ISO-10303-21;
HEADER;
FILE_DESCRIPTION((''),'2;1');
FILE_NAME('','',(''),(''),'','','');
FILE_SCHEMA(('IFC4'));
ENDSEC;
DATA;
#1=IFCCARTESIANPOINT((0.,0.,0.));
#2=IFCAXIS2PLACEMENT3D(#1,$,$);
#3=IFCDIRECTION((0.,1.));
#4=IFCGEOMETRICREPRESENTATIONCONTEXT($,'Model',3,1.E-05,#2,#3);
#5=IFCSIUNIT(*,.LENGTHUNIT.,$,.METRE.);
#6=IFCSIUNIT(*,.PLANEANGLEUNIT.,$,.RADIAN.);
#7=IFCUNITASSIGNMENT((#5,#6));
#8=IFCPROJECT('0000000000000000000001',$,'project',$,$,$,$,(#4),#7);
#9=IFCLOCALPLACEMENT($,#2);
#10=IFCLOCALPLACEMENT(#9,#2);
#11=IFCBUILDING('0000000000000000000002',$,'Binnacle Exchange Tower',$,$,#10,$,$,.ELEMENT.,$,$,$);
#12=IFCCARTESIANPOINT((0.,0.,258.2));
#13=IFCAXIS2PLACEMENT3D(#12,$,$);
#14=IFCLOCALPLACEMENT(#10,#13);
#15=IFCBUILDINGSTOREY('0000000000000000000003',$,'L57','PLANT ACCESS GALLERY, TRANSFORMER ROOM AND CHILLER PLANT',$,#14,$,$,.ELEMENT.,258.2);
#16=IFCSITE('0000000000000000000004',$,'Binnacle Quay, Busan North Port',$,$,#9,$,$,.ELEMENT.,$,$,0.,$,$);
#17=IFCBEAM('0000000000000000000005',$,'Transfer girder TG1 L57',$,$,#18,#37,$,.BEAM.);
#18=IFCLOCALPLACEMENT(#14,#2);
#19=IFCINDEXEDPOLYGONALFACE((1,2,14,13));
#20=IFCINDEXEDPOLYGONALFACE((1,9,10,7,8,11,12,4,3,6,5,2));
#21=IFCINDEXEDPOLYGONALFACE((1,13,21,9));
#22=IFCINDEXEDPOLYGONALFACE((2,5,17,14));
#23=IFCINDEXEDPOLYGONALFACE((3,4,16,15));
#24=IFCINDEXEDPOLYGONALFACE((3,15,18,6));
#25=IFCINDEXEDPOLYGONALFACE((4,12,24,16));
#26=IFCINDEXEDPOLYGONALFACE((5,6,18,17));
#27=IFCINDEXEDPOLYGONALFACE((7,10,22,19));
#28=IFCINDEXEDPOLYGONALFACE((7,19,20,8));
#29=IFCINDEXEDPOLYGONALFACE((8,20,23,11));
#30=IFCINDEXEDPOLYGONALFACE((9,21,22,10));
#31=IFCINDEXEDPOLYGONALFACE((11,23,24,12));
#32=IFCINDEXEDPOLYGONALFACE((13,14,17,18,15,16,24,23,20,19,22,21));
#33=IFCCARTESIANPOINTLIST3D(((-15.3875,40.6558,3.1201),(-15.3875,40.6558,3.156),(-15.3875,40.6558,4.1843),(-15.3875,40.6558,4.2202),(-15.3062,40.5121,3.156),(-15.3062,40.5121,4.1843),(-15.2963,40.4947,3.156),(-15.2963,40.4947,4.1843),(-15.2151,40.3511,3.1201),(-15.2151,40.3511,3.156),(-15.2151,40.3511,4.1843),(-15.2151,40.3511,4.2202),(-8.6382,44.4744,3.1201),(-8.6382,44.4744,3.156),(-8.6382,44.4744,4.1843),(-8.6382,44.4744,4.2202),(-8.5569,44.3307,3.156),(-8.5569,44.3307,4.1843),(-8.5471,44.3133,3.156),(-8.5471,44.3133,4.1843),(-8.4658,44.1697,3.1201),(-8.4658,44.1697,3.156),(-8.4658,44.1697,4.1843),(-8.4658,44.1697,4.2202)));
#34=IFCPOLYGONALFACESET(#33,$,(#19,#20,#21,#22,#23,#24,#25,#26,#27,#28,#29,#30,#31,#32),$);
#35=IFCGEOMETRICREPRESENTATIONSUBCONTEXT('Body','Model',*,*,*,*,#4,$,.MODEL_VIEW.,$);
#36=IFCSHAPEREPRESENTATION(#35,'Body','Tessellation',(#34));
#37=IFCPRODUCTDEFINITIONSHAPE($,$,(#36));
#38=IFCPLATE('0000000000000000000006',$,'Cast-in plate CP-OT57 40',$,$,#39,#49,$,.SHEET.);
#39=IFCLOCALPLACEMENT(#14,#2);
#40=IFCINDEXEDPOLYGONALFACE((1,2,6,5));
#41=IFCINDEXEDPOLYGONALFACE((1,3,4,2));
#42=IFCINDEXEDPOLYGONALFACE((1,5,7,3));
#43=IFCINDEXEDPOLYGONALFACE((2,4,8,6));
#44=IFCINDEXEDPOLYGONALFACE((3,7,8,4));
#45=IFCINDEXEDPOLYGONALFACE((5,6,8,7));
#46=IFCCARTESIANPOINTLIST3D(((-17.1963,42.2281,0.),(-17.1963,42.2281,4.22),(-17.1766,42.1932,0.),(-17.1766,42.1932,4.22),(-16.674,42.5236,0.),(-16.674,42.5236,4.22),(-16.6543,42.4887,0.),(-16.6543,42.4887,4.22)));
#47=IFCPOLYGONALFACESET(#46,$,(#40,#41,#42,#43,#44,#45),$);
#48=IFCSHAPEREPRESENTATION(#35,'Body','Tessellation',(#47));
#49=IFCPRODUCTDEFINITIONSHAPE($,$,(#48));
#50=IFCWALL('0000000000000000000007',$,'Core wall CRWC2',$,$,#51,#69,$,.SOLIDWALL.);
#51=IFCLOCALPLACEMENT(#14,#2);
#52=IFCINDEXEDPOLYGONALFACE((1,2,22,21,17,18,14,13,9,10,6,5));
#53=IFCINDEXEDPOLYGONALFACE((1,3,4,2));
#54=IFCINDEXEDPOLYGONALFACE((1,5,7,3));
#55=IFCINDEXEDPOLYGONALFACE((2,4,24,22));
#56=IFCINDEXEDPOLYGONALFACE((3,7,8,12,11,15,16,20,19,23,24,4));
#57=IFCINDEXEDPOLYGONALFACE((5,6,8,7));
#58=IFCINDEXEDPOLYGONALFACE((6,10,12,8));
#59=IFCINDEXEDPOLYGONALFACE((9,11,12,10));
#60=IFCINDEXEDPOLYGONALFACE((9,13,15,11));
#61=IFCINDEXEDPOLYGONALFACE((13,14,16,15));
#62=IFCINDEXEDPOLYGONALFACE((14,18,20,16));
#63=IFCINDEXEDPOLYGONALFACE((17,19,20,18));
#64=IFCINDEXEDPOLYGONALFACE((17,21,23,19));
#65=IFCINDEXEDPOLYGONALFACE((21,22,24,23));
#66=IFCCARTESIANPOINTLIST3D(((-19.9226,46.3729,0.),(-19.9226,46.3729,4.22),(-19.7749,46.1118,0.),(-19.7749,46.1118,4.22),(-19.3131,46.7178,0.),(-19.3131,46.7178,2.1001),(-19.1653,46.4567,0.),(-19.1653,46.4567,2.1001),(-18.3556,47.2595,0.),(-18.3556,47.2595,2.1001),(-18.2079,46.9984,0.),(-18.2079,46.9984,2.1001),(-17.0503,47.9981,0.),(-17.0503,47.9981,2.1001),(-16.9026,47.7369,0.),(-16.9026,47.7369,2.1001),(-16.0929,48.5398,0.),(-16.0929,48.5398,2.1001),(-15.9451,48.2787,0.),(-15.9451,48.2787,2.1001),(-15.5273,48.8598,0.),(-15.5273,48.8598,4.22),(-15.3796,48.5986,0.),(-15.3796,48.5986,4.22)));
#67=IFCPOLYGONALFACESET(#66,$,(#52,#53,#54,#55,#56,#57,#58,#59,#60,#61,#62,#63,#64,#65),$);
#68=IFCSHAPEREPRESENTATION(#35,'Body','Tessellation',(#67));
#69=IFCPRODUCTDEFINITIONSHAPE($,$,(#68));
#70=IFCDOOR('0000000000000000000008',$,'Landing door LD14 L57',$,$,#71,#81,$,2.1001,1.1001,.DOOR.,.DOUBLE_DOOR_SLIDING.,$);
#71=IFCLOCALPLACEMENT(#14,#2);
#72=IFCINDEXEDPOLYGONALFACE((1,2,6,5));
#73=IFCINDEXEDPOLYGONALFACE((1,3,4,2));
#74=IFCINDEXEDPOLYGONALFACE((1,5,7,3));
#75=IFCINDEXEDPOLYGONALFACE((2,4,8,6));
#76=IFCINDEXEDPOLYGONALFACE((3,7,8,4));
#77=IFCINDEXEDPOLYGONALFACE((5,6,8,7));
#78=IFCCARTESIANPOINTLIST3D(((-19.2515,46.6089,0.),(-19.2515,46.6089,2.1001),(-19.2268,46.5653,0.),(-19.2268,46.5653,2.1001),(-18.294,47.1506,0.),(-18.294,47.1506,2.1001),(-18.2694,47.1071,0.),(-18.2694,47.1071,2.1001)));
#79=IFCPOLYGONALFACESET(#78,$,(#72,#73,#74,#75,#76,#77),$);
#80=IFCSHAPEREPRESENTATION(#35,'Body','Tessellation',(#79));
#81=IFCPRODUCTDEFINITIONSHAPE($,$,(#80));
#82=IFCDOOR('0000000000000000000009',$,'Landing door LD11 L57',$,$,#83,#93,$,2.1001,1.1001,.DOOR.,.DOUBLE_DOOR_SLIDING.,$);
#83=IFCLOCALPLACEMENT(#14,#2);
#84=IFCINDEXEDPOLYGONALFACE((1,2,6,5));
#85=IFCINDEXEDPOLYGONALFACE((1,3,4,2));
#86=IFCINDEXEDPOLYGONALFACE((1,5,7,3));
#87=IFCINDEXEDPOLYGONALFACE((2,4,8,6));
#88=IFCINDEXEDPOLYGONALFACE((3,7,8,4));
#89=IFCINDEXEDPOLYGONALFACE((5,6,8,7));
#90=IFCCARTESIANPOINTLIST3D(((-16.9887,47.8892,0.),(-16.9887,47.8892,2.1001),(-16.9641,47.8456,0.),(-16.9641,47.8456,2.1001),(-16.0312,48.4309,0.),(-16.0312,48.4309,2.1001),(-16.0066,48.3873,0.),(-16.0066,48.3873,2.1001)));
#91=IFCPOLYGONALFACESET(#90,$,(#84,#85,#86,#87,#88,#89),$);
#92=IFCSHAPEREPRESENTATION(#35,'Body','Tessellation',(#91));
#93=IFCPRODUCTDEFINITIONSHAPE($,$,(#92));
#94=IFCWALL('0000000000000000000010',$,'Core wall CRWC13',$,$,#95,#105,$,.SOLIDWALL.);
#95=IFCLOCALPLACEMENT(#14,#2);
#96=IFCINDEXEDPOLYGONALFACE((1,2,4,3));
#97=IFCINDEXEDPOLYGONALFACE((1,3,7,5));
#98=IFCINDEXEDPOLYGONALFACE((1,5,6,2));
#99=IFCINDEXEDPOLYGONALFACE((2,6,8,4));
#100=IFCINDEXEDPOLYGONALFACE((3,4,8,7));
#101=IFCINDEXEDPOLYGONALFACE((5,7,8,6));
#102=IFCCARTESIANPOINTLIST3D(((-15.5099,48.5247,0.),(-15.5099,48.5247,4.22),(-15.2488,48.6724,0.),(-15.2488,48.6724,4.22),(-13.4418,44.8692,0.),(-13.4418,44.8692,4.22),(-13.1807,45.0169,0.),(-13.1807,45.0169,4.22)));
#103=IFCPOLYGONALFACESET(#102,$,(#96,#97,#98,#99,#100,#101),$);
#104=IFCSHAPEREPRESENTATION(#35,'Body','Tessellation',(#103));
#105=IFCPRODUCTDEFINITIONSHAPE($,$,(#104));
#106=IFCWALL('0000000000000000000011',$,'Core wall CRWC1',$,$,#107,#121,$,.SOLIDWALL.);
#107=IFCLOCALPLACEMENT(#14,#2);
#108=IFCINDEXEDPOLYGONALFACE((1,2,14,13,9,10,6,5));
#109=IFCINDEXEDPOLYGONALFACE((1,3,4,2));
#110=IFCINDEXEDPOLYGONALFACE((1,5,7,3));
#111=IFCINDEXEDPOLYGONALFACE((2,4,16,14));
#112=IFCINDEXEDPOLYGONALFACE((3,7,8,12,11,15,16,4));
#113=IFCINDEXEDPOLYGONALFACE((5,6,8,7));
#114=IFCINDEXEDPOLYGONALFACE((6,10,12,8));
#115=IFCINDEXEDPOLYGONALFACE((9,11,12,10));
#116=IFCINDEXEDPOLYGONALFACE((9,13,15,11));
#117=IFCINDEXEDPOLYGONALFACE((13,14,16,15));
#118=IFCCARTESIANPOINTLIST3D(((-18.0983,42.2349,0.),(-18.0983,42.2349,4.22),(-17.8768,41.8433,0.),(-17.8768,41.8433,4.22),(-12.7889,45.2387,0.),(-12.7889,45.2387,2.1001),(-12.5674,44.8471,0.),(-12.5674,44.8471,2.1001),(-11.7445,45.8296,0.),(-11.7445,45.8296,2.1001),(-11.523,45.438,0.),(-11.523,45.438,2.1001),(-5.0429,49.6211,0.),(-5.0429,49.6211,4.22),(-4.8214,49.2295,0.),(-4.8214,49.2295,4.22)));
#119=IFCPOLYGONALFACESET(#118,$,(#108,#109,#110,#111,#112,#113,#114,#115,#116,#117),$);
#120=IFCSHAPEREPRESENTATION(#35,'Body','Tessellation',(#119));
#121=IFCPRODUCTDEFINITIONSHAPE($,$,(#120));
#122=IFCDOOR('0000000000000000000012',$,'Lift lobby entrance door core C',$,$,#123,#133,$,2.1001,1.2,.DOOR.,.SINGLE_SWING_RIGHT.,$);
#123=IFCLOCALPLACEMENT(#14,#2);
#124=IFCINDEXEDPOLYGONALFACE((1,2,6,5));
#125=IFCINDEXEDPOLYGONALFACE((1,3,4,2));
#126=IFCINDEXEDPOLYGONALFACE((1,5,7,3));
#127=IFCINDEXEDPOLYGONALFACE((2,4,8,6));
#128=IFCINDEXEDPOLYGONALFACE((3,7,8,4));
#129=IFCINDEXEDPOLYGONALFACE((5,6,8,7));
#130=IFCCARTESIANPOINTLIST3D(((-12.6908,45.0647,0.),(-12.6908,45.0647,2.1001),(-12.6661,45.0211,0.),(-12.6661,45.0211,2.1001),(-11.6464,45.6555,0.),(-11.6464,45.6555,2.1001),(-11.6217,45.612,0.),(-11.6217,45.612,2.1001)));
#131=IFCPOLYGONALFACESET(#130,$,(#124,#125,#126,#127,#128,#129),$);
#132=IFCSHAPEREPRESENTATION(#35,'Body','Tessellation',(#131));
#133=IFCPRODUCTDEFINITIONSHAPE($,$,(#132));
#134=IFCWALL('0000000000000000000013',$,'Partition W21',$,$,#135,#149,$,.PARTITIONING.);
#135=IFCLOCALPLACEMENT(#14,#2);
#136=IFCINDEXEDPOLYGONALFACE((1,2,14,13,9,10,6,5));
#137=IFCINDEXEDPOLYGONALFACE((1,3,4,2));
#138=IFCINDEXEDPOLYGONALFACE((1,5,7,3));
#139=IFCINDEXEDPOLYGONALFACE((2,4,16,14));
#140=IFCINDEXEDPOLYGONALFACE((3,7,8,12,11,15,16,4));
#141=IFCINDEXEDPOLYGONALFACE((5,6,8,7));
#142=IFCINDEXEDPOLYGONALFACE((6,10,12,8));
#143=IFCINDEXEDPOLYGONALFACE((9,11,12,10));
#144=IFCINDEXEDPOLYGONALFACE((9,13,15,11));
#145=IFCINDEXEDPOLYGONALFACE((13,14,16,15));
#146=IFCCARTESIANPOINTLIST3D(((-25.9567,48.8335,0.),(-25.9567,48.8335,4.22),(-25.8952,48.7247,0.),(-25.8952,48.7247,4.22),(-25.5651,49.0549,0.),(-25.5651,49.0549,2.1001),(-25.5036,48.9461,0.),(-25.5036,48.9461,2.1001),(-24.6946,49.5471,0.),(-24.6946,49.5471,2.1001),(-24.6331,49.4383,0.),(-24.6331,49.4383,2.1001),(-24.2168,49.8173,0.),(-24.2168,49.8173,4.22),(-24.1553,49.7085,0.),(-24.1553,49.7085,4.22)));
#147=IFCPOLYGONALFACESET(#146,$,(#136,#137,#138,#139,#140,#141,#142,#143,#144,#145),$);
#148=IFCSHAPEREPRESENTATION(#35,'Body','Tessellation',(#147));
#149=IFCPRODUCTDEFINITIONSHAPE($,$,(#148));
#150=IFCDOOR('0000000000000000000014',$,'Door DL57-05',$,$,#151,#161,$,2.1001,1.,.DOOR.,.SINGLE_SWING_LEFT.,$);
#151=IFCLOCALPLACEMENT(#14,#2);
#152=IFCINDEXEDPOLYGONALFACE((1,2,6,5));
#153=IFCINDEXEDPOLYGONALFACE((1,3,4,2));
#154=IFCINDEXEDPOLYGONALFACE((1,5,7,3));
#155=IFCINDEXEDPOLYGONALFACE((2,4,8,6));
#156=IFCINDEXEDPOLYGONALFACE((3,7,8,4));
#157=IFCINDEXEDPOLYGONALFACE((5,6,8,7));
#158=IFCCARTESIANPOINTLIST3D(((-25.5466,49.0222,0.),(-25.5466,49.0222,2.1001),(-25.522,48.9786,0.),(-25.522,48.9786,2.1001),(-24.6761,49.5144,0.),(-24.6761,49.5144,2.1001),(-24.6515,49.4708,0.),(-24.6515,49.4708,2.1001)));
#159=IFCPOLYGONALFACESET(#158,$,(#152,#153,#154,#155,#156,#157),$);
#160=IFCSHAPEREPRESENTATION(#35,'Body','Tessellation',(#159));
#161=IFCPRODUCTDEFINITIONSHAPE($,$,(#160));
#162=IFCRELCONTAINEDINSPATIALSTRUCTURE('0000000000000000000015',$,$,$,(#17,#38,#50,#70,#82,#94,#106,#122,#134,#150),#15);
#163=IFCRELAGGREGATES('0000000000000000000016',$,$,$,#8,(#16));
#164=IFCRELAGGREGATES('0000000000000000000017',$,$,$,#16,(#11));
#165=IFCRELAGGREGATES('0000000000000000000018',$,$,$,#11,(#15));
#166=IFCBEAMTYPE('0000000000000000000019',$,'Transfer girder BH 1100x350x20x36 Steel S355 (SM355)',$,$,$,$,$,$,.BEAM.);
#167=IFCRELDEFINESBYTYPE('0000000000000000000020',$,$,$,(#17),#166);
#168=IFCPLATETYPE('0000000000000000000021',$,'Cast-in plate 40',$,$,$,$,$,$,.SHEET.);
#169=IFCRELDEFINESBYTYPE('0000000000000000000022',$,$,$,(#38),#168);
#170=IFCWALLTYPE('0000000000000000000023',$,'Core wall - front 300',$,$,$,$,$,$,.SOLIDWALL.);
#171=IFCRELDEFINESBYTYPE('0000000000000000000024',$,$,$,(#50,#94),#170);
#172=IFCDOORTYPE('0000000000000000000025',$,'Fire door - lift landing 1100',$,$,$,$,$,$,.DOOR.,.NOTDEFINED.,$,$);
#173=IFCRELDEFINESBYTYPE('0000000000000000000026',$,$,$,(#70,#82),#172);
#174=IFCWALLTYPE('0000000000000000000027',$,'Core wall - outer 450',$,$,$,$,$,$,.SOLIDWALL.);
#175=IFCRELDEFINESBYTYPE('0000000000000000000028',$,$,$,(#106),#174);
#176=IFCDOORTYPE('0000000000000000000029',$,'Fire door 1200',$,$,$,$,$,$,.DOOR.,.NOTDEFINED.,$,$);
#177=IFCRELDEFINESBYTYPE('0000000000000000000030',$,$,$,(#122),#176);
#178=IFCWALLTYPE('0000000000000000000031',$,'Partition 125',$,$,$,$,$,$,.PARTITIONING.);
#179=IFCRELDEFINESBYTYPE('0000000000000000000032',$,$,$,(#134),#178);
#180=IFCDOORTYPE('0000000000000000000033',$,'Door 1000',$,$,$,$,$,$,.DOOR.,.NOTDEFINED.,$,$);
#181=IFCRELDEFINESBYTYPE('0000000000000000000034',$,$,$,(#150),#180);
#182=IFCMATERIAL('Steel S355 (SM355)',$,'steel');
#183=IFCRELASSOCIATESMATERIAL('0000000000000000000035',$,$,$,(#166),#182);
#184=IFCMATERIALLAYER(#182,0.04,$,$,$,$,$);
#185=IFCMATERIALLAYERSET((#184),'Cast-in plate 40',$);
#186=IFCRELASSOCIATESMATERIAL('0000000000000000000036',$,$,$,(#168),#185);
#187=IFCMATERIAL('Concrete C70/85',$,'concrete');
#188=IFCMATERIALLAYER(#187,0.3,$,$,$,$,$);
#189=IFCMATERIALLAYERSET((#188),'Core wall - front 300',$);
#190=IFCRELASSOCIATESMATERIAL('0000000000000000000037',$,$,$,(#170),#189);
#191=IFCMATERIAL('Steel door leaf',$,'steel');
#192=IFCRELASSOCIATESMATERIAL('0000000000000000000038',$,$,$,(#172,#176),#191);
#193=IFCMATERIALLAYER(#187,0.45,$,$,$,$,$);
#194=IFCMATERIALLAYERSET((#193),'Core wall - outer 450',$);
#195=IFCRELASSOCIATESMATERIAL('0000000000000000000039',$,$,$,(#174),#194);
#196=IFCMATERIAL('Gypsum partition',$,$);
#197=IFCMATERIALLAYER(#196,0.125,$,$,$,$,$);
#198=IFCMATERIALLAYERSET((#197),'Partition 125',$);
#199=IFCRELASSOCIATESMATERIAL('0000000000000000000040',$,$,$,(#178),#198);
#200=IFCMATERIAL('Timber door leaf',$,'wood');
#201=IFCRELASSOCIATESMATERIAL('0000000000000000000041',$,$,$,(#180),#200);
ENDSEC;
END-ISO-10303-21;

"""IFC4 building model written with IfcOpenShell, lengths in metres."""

from ifc_helpers import new_model, si_unit, direction, frame, frame_2d, origin, origin_2d, place, context, subcontext, project, spatial, rectangle, i_section, extrude, material, layer, layer_set, material_profile, profile_set, type_object, element, fill, save


model = new_model("IFC4")

# Units and contexts
model_context = context("Model", 3, precision=1e-05, world=origin(), true_north=direction((0.0, 1.0)))
body_context = subcontext(model_context, "Body", "Model", "MODEL_VIEW")
ifc_project = project(units=[si_unit("LENGTHUNIT", "METRE"), si_unit("PLANEANGLEUNIT", "RADIAN")], contexts=[model_context])

# Site, building, storey
site_placement = place(None, origin())
site = spatial("IfcSite", under=ifc_project, at=site_placement, Name="Binnacle Quay, Busan North Port", CompositionType="ELEMENT", RefElevation=0.0)
building_placement = place(site_placement, origin())
building = spatial("IfcBuilding", under=site, at=building_placement, Name="Binnacle Exchange Tower", CompositionType="ELEMENT")
storey_placement = place(building_placement, frame((0.0, 0.0, 258.2)))
storey = spatial("IfcBuildingStorey", under=building, at=storey_placement, Name="L57", Description="PLANT ACCESS GALLERY, TRANSFORMER ROOM AND CHILLER PLANT", CompositionType="ELEMENT", Elevation=258.2)

# Beam
ifc_material_1 = material(Name="Steel S355 (SM355)", Category="steel")
ifc_material_profile_1 = material_profile(ifc_material_1, i_section(OverallWidth=0.3501, OverallDepth=1.1001, WebThickness=0.02, FlangeThickness=0.0359, at=origin_2d()), Name="BH 1100x350x20x36")
ifc_profile_set_1 = profile_set([ifc_material_profile_1], Name="Steel S355 (SM355)")
beam_type_1 = type_object("IfcBeamType", Name="Transfer girder BH 1100x350x20x36 Steel S355 (SM355)", PredefinedType="BEAM", material=ifc_profile_set_1)
beam_1_placement = place(storey_placement, frame((-15.3013, 40.5034, 3.6702), z_axis=(0.870353, 0.492429, 0.0), x_axis=(-0.492429, 0.870353, 0.0)))
element("IfcBeam", 1, at=beam_1_placement, inside=storey, type_object=beam_type_1, Name="Transfer girder TG1 L57", PredefinedType="BEAM", context=body_context, shape_type="SweptSolid", body=[
    extrude(i_section(OverallWidth=0.3501, OverallDepth=1.1001, WebThickness=0.02, FlangeThickness=0.0359, at=origin_2d()), origin(), (0.0, 0.0, 1.0), 7.7546),
])

# Plate
ifc_layer_1 = layer(ifc_material_1, 0.04)
ifc_layer_set_1 = layer_set([ifc_layer_1], Name="Cast-in plate 40")
plate_type = type_object("IfcPlateType", Name="Cast-in plate 40", PredefinedType="SHEET", material=ifc_layer_set_1)
plate_placement = place(storey_placement, frame((-16.9253, 42.3584, 0.0), z_axis=(0.0, 0.0, 1.0), x_axis=(-0.492424, 0.870356, 0.0)))
element("IfcPlate", 2, at=plate_placement, inside=storey, type_object=plate_type, Name="Cast-in plate CP-OT57 40", PredefinedType="SHEET", context=body_context, shape_type="SweptSolid", body=[
    extrude(rectangle(XDim=0.04, YDim=0.6001, at=origin_2d()), origin(), (0.0, 0.0, 1.0), 4.22),
])

# Wall, openings, doors
ifc_material_2 = material(Name="Concrete C70/85", Category="concrete")
ifc_layer_2 = layer(ifc_material_2, 0.3)
ifc_layer_set_2 = layer_set([ifc_layer_2], Name="Core wall - front 300")
wall_type_1 = type_object("IfcWallType", Name="Core wall - front 300", PredefinedType="SOLIDWALL", material=ifc_layer_set_2)
wall_1_placement = place(storey_placement, frame((-19.8486, 46.2424, 0.0), z_axis=(0.0, 0.0, 1.0), x_axis=(0.870348, 0.492438, 0.0)))
wall_1 = element("IfcWall", 3, at=wall_1_placement, inside=storey, type_object=wall_type_1, Name="Core wall CRWC2", PredefinedType="SOLIDWALL", context=body_context, shape_type="SweptSolid", body=[
    extrude(rectangle(XDim=5.05, YDim=0.3, at=frame_2d((2.5249, 0.0))), origin(), (0.0, 0.0, 1.0), 4.22),
])
opening_1_placement = place(wall_1_placement, frame((0.7002, 0.0, 0.0)))
opening_1 = element("IfcOpeningElement", 4, at=opening_1_placement, cuts=wall_1, PredefinedType="OPENING", context=body_context, shape_type="SweptSolid", body=[
    extrude(rectangle(XDim=1.1001, YDim=2.1001, at=frame_2d((0.55, 1.05))), frame((0.0, 0.1599, 0.0), z_axis=(0.0, -1.0, 0.0), x_axis=(1.0, 0.0, 0.0)), (0.0, 0.0, 1.0), 0.3201),
])
opening_2_placement = place(wall_1_placement, frame((3.3, 0.0, 0.0)))
opening_2 = element("IfcOpeningElement", 5, at=opening_2_placement, cuts=wall_1, PredefinedType="OPENING", context=body_context, shape_type="SweptSolid", body=[
    extrude(rectangle(XDim=1.1001, YDim=2.1001, at=frame_2d((0.55, 1.05))), frame((0.0, 0.1599, 0.0), z_axis=(0.0, -1.0, 0.0), x_axis=(1.0, 0.0, 0.0)), (0.0, 0.0, 1.0), 0.3201),
])
ifc_material_3 = material(Name="Steel door leaf", Category="steel")
door_type_1 = type_object("IfcDoorType", Name="Fire door - lift landing 1100", OperationType="NOTDEFINED", PredefinedType="DOOR", material=ifc_material_3)
door_1_placement = place(opening_1_placement, origin())
door_1 = element("IfcDoor", 6, at=door_1_placement, inside=storey, type_object=door_type_1, Name="Landing door LD14 L57", OperationType="DOUBLE_DOOR_SLIDING", OverallHeight=2.1001, OverallWidth=1.1001, PredefinedType="DOOR", context=body_context, shape_type="SweptSolid", body=[
    extrude(rectangle(XDim=1.1001, YDim=2.1001, at=frame_2d((0.55, 1.05))), frame((0.0, 0.0249, 0.0), z_axis=(0.0, -1.0, 0.0), x_axis=(1.0, 0.0, 0.0)), (0.0, 0.0, 1.0), 0.05),
])
fill(opening_1, door_1)
door_2_placement = place(opening_2_placement, origin())
door_2 = element("IfcDoor", 7, at=door_2_placement, inside=storey, type_object=door_type_1, Name="Landing door LD11 L57", OperationType="DOUBLE_DOOR_SLIDING", OverallHeight=2.1001, OverallWidth=1.1001, PredefinedType="DOOR", context=body_context, shape_type="SweptSolid", body=[
    extrude(rectangle(XDim=1.1001, YDim=2.1001, at=frame_2d((0.55, 1.05))), frame((0.0, 0.0249, 0.0), z_axis=(0.0, -1.0, 0.0), x_axis=(1.0, 0.0, 0.0)), (0.0, 0.0, 1.0), 0.05),
])
fill(opening_2, door_2)

# Wall
wall_2_placement = place(storey_placement, frame((-15.3794, 48.5986, 0.0), z_axis=(0.0, 0.0, 1.0), x_axis=(0.49241, -0.870364, 0.0)))
element("IfcWall", 8, at=wall_2_placement, inside=storey, type_object=wall_type_1, Name="Core wall CRWC13", PredefinedType="SOLIDWALL", context=body_context, shape_type="SweptSolid", body=[
    extrude(rectangle(XDim=4.2, YDim=0.3, at=frame_2d((2.1001, 0.0))), origin(), (0.0, 0.0, 1.0), 4.22),
])

# Walls, openings, doors
ifc_layer_3 = layer(ifc_material_2, 0.45)
ifc_layer_set_3 = layer_set([ifc_layer_3], Name="Core wall - outer 450")
wall_type_2 = type_object("IfcWallType", Name="Core wall - outer 450", PredefinedType="SOLIDWALL", material=ifc_layer_set_3)
wall_3_placement = place(storey_placement, frame((-17.9875, 42.0391, 0.0), z_axis=(0.0, 0.0, 1.0), x_axis=(0.870361, 0.492415, 0.0)))
wall_3 = element("IfcWall", 9, at=wall_3_placement, inside=storey, type_object=wall_type_2, Name="Core wall CRWC1", PredefinedType="SOLIDWALL", context=body_context, shape_type="SweptSolid", body=[
    extrude(rectangle(XDim=15.0, YDim=0.45, at=frame_2d((7.5, 0.0))), origin(), (0.0, 0.0, 1.0), 4.22),
])
opening_3_placement = place(wall_3_placement, frame((6.1001, 0.0, 0.0)))
opening_3 = element("IfcOpeningElement", 10, at=opening_3_placement, cuts=wall_3, PredefinedType="OPENING", context=body_context, shape_type="SweptSolid", body=[
    extrude(rectangle(XDim=1.2, YDim=2.1001, at=frame_2d((0.6001, 1.05))), frame((0.0, 0.2349, 0.0), z_axis=(0.0, -1.0, 0.0), x_axis=(1.0, 0.0, 0.0)), (0.0, 0.0, 1.0), 0.47),
])
door_type_2 = type_object("IfcDoorType", Name="Fire door 1200", OperationType="NOTDEFINED", PredefinedType="DOOR", material=ifc_material_3)
door_3_placement = place(opening_3_placement, frame((1.2, 0.0, 0.0), z_axis=(0.0, 0.0, 1.0), x_axis=(-1.0, 0.0, 0.0)))
door_3 = element("IfcDoor", 11, at=door_3_placement, inside=storey, type_object=door_type_2, Name="Lift lobby entrance door core C", OperationType="SINGLE_SWING_RIGHT", OverallHeight=2.1001, OverallWidth=1.2, PredefinedType="DOOR", context=body_context, shape_type="SweptSolid", body=[
    extrude(rectangle(XDim=1.2, YDim=2.1001, at=frame_2d((0.6001, 1.05))), frame((0.0, 0.0249, 0.0), z_axis=(0.0, -1.0, 0.0), x_axis=(1.0, 0.0, 0.0)), (0.0, 0.0, 1.0), 0.05),
])
fill(opening_3, door_3)
ifc_material_4 = material(Name="Gypsum partition")
ifc_layer_4 = layer(ifc_material_4, 0.125)
ifc_layer_set_4 = layer_set([ifc_layer_4], Name="Partition 125")
wall_type_3 = type_object("IfcWallType", Name="Partition 125", PredefinedType="PARTITIONING", material=ifc_layer_set_4)
wall_4_placement = place(storey_placement, frame((-25.926, 48.7791, 0.0), z_axis=(0.0, 0.0, 1.0), x_axis=(0.870474, 0.492214, 0.0)))
wall_4 = element("IfcWall", 12, at=wall_4_placement, inside=storey, type_object=wall_type_3, Name="Partition W21", PredefinedType="PARTITIONING", context=body_context, shape_type="SweptSolid", body=[
    extrude(rectangle(XDim=1.9988, YDim=0.125, at=frame_2d((0.9995, 0.0))), origin(), (0.0, 0.0, 1.0), 4.22),
])
opening_4_placement = place(wall_4_placement, frame((0.45, 0.0, 0.0)))
opening_4 = element("IfcOpeningElement", 13, at=opening_4_placement, cuts=wall_4, PredefinedType="OPENING", context=body_context, shape_type="SweptSolid", body=[
    extrude(rectangle(XDim=1.0, YDim=2.1001, at=frame_2d((0.5, 1.05))), frame((0.0, 0.0725, 0.0), z_axis=(0.0, -1.0, 0.0), x_axis=(1.0, 0.0, 0.0)), (0.0, 0.0, 1.0), 0.145),
])
ifc_material_5 = material(Name="Timber door leaf", Category="wood")
door_type_3 = type_object("IfcDoorType", Name="Door 1000", OperationType="NOTDEFINED", PredefinedType="DOOR", material=ifc_material_5)
door_4_placement = place(opening_4_placement, origin())
door_4 = element("IfcDoor", 14, at=door_4_placement, inside=storey, type_object=door_type_3, Name="Door DL57-05", OperationType="SINGLE_SWING_LEFT", OverallHeight=2.1001, OverallWidth=1.0, PredefinedType="DOOR", context=body_context, shape_type="SweptSolid", body=[
    extrude(rectangle(XDim=1.0, YDim=2.1001, at=frame_2d((0.5, 1.05))), frame((0.0, 0.0249, 0.0), z_axis=(0.0, -1.0, 0.0), x_axis=(1.0, 0.0, 0.0)), (0.0, 0.0, 1.0), 0.05),
])
fill(opening_4, door_4)

save(model, "model.ifc")
